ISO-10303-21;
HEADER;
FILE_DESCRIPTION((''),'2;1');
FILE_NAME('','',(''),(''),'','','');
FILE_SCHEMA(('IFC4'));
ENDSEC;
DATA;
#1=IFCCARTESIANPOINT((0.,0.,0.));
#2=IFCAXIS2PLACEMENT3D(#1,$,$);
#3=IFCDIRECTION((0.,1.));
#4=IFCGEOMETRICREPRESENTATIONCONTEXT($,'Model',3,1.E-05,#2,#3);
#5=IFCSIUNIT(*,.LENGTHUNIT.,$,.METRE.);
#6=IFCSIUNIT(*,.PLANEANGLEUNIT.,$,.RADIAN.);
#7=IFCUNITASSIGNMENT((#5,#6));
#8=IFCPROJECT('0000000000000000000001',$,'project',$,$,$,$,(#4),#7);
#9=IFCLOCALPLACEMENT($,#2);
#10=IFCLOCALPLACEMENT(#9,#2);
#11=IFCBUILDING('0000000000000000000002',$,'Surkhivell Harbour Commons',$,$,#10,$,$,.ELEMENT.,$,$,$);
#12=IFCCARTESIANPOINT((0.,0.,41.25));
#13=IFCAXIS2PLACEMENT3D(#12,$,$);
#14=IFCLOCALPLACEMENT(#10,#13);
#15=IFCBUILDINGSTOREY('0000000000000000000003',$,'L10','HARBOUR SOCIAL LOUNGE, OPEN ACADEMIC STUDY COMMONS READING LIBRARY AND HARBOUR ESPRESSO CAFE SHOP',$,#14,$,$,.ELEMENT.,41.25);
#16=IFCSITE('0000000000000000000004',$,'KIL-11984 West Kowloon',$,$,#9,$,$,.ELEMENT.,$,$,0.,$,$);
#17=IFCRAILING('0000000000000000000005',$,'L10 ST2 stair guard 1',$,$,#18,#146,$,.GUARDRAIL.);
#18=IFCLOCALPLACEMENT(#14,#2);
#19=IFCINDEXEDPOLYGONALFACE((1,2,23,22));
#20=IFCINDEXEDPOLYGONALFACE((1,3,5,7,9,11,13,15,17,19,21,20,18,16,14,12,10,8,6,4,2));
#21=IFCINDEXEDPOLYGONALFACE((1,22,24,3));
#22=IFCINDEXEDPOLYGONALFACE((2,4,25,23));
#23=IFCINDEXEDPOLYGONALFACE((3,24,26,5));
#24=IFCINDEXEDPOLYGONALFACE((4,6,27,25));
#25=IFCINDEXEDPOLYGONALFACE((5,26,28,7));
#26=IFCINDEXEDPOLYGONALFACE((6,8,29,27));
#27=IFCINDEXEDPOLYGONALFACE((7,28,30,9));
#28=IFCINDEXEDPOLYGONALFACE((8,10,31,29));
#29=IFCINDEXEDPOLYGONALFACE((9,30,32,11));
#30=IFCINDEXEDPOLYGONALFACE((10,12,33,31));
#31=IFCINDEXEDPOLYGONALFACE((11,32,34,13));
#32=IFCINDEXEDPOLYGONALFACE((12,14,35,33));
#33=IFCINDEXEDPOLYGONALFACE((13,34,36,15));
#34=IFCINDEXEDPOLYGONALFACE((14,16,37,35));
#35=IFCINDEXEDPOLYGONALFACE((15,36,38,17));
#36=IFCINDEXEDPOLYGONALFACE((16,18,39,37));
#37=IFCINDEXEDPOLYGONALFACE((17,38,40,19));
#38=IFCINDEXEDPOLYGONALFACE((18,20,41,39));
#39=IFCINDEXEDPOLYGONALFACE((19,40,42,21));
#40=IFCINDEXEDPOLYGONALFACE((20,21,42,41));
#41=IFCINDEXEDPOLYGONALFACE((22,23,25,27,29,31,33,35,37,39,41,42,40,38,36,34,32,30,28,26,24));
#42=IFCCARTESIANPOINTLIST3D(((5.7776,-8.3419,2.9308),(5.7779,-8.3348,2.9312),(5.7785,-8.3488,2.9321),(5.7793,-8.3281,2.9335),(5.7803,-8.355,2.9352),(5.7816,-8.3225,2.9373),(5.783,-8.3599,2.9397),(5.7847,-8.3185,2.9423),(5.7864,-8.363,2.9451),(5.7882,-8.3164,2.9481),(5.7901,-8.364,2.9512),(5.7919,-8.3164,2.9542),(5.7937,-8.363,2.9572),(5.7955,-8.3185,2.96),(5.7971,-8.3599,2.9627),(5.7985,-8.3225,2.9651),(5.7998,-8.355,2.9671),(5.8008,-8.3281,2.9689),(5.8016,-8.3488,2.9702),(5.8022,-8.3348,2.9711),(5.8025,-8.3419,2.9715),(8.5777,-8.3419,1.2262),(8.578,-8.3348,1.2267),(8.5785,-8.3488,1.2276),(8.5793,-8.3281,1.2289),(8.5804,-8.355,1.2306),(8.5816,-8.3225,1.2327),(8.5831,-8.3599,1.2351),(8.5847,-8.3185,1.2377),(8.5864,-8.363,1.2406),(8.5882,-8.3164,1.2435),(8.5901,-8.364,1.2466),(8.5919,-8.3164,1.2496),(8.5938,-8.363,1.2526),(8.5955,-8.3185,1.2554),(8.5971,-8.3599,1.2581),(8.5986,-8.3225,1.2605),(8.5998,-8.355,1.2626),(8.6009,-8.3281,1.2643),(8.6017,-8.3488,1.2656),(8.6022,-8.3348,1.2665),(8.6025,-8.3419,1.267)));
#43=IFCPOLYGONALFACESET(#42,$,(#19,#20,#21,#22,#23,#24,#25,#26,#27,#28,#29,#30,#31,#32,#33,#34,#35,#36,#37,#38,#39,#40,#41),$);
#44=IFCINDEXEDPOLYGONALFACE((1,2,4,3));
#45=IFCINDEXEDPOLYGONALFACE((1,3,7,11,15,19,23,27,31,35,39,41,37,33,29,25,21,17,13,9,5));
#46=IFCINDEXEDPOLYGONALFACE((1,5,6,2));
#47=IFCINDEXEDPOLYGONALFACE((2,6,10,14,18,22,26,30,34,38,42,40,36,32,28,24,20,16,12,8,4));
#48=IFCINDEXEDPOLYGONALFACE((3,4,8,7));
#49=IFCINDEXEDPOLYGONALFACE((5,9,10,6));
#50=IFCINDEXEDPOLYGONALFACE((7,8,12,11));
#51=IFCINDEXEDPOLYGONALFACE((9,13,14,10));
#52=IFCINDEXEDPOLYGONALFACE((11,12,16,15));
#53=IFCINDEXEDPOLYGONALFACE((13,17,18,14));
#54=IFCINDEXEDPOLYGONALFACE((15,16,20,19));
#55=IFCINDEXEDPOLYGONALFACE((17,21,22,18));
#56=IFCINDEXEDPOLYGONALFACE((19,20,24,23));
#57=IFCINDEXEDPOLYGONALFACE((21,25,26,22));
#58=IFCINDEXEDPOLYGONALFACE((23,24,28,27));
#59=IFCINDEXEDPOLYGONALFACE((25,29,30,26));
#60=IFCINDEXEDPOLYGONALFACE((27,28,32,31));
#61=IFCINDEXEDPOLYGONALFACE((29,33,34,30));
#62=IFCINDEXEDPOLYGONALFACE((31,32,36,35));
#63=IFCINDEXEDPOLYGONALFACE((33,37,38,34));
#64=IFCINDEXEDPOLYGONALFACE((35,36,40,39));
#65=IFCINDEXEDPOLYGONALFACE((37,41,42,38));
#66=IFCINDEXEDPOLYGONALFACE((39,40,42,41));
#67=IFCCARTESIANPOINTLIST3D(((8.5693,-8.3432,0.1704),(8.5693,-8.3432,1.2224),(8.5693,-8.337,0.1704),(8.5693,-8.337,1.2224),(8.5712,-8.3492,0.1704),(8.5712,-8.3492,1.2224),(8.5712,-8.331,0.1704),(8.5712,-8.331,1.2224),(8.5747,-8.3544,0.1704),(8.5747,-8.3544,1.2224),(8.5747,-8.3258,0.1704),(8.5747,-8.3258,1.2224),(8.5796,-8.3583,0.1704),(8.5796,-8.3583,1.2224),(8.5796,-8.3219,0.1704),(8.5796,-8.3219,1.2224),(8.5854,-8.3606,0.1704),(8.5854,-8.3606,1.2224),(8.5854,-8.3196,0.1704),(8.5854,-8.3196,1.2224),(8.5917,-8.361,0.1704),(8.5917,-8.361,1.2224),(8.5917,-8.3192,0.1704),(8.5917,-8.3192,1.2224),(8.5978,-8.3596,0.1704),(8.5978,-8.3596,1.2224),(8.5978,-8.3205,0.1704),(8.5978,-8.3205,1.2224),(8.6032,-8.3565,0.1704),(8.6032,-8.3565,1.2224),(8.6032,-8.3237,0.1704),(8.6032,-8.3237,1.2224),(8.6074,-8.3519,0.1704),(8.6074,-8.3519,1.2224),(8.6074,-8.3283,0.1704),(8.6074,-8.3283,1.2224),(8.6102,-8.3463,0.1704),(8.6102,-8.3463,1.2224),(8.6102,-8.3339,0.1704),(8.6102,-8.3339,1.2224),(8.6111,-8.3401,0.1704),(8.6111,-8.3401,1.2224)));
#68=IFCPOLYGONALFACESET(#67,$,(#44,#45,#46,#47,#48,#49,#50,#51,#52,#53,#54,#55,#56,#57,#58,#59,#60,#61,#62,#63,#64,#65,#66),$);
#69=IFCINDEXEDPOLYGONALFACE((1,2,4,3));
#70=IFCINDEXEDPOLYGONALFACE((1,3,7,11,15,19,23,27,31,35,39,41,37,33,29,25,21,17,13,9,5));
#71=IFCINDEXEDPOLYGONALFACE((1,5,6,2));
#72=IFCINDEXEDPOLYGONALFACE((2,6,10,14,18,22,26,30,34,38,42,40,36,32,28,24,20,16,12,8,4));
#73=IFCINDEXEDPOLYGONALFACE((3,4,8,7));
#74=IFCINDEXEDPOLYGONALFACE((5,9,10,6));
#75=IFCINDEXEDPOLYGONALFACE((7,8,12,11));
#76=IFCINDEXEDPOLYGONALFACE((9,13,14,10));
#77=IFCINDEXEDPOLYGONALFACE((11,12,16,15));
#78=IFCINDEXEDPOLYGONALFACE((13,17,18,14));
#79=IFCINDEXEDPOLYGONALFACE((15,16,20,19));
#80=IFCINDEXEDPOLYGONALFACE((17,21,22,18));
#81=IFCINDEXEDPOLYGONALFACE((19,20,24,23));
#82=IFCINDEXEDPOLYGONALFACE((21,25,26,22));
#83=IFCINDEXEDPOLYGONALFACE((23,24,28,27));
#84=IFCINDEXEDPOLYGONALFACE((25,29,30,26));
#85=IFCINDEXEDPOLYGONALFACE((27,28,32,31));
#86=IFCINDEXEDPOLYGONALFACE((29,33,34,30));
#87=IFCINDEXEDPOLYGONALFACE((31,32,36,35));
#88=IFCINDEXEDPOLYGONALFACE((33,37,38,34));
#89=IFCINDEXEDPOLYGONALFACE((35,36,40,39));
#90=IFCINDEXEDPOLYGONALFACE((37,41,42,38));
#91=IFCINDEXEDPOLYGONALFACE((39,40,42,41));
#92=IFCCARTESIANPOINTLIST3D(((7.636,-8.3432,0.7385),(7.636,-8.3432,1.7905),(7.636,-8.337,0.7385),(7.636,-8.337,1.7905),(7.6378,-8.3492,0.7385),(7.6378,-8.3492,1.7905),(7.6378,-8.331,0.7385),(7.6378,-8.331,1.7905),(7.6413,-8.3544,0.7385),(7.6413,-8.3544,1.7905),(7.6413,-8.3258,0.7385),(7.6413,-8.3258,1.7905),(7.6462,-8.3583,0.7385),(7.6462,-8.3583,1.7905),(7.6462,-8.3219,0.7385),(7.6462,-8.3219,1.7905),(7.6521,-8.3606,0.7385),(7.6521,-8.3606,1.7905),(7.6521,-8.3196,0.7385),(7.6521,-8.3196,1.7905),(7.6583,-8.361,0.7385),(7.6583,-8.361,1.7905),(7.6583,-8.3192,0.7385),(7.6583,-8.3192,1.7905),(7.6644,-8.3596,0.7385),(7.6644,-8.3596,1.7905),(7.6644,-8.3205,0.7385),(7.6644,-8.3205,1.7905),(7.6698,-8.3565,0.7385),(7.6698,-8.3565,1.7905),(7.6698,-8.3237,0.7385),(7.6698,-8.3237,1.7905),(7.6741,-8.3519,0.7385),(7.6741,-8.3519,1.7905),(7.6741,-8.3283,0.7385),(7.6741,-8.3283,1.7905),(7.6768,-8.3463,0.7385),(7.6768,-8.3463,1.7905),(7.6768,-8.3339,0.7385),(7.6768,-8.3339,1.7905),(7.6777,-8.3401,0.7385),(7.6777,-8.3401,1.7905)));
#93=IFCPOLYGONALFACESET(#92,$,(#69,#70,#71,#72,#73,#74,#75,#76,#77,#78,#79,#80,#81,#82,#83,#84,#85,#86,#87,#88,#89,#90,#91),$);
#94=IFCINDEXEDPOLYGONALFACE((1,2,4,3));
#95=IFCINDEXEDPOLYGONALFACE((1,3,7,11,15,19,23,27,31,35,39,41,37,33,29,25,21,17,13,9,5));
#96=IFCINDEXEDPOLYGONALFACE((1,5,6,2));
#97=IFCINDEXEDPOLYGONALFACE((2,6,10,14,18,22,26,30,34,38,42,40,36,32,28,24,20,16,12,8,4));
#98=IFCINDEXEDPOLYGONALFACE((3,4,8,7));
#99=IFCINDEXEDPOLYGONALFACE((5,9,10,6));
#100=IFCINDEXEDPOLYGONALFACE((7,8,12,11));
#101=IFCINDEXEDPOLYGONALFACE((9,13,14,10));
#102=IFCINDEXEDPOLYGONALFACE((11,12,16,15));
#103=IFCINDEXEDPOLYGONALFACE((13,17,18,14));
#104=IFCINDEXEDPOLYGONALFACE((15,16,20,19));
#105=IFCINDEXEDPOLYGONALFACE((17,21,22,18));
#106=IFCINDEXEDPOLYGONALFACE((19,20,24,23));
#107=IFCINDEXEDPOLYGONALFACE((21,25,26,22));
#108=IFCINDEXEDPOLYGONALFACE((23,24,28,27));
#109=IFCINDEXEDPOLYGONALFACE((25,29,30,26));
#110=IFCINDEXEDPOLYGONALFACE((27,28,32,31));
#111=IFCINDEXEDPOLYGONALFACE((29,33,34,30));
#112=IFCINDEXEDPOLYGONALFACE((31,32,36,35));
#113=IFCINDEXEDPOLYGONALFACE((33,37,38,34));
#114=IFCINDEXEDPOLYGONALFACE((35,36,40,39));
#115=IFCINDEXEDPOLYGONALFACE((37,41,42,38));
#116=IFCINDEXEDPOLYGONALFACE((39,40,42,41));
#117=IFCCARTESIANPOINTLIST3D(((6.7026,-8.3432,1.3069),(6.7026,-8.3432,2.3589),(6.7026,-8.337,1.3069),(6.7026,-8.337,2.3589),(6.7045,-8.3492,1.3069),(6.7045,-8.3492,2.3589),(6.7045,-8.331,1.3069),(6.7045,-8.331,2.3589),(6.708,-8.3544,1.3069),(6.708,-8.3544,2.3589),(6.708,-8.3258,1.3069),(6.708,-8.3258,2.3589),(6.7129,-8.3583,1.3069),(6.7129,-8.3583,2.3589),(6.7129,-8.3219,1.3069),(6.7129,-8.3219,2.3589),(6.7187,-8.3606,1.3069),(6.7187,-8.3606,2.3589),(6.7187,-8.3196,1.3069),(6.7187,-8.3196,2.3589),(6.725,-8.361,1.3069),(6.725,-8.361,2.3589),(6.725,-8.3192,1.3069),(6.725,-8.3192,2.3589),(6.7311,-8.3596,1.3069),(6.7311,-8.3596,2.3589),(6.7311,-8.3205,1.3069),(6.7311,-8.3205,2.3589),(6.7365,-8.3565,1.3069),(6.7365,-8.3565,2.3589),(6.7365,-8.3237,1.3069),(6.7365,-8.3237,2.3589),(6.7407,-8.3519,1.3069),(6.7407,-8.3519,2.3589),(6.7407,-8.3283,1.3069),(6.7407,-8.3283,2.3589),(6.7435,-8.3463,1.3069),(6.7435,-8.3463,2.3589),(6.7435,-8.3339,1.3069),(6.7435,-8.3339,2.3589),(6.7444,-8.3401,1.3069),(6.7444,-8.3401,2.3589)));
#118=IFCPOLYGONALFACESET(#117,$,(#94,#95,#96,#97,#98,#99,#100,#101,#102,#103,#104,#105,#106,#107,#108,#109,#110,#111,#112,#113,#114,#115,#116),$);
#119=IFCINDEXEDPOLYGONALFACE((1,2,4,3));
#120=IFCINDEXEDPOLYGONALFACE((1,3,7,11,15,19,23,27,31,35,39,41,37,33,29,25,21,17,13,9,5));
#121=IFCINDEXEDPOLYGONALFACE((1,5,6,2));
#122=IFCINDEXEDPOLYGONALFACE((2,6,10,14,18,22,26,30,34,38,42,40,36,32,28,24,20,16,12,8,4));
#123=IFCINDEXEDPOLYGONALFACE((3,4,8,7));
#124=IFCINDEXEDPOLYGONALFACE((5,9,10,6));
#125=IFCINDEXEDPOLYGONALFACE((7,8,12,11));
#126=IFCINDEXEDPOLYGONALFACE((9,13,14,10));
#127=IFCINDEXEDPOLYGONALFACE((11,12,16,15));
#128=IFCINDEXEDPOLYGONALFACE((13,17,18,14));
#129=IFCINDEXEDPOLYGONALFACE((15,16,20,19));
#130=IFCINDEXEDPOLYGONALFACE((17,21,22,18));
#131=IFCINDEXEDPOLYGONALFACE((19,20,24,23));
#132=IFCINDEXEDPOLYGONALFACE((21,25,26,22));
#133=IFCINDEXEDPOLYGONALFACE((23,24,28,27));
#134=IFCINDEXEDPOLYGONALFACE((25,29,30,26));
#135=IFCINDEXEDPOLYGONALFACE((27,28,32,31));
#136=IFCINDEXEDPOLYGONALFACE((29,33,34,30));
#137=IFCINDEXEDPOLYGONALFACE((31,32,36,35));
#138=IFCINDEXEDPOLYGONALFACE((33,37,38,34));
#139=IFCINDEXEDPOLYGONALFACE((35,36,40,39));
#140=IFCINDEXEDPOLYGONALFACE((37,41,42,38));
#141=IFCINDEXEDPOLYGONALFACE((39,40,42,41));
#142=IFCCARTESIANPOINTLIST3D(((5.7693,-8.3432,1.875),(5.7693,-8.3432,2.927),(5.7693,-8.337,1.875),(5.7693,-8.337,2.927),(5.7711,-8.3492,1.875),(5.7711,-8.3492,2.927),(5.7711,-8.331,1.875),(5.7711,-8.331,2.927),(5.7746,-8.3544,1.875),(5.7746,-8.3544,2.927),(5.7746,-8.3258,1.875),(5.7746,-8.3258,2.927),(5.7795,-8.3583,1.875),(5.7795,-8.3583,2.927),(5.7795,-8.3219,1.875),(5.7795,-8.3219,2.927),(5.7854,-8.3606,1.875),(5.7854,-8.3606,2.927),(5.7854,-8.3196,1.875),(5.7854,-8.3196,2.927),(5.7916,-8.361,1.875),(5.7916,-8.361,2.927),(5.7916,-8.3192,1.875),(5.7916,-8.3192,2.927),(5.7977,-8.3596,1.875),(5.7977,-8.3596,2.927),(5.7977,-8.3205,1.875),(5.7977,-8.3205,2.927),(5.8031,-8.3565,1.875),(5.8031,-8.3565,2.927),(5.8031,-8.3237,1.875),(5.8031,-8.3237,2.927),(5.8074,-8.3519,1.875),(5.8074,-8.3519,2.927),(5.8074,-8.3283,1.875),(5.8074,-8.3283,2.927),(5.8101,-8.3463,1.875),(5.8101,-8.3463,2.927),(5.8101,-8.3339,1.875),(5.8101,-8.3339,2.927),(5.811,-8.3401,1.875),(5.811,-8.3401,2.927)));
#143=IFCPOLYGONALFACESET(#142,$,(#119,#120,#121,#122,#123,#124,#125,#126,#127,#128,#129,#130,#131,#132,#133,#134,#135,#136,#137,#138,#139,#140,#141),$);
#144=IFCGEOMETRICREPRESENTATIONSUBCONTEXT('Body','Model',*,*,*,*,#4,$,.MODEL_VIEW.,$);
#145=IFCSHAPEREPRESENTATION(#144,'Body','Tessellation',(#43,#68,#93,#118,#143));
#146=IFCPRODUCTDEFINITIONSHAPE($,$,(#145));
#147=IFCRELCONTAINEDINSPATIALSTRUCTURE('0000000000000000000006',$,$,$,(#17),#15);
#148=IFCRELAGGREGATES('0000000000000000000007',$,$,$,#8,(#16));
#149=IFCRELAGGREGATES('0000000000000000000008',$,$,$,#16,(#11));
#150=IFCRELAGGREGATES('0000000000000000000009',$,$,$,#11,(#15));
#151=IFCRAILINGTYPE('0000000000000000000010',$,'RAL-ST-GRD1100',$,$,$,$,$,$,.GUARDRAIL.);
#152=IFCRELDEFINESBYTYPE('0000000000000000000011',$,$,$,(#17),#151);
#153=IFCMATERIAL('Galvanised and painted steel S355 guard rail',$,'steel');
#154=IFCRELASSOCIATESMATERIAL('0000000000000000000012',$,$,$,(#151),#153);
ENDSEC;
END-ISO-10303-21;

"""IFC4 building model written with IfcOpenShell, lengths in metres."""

from ifc_helpers import new_model, si_unit, direction, frame, origin, origin_2d, place, context, subcontext, project, spatial, circle, extrude, material, type_object, element, save


model = new_model("IFC4")

# Units and contexts
model_context = context("Model", 3, precision=1e-05, world=origin(), true_north=direction((0.0, 1.0)))
body_context = subcontext(model_context, "Body", "Model", "MODEL_VIEW")
ifc_project = project(units=[si_unit("LENGTHUNIT", "METRE"), si_unit("PLANEANGLEUNIT", "RADIAN")], contexts=[model_context])

# Site, building, storey
site_placement = place(None, origin())
site = spatial("IfcSite", under=ifc_project, at=site_placement, Name="KIL-11984 West Kowloon", CompositionType="ELEMENT", RefElevation=0.0)
building_placement = place(site_placement, origin())
building = spatial("IfcBuilding", under=site, at=building_placement, Name="Surkhivell Harbour Commons", CompositionType="ELEMENT")
storey_placement = place(building_placement, frame((0.0, 0.0, 41.25)))
storey = spatial("IfcBuildingStorey", under=building, at=storey_placement, Name="L10", Description="HARBOUR SOCIAL LOUNGE, OPEN ACADEMIC STUDY COMMONS READING LIBRARY AND HARBOUR ESPRESSO CAFE SHOP", CompositionType="ELEMENT", Elevation=41.25)

# Railing
ifc_material_1 = material(Name="Galvanised and painted steel S355 guard rail", Category="steel")
railing_type_1 = type_object("IfcRailingType", Name="RAL-ST-GRD1100", PredefinedType="GUARDRAIL", material=ifc_material_1)
railing_1_placement = place(storey_placement, frame((8.5901, -8.3401, 0.1704)))
element("IfcRailing", 1, at=railing_1_placement, inside=storey, type_object=railing_type_1, Name="L10 ST2 stair guard 1", PredefinedType="GUARDRAIL", context=body_context, shape_type="SweptSolid", body=[
    extrude(circle(Radius=0.0239, at=origin_2d()), frame((0.0, 0.0, 1.0762), z_axis=(-0.85417, 0.0, 0.519994), x_axis=(0.0, -1.0, 0.0)), (0.0, 0.0, 1.0), 3.2781),
    extrude(circle(Radius=0.021, at=origin_2d()), origin(), (0.0, 0.0, 1.0), 1.052),
    extrude(circle(Radius=0.021, at=origin_2d()), frame((-0.9333, 0.0, 0.5681)), (0.0, 0.0, 1.0), 1.052),
    extrude(circle(Radius=0.021, at=origin_2d()), frame((-1.8667, 0.0, 1.1365)), (0.0, 0.0, 1.0), 1.052),
    extrude(circle(Radius=0.021, at=origin_2d()), frame((-2.8, 0.0, 1.7046)), (0.0, 0.0, 1.0), 1.052),
])

save(model, "model.ifc")
